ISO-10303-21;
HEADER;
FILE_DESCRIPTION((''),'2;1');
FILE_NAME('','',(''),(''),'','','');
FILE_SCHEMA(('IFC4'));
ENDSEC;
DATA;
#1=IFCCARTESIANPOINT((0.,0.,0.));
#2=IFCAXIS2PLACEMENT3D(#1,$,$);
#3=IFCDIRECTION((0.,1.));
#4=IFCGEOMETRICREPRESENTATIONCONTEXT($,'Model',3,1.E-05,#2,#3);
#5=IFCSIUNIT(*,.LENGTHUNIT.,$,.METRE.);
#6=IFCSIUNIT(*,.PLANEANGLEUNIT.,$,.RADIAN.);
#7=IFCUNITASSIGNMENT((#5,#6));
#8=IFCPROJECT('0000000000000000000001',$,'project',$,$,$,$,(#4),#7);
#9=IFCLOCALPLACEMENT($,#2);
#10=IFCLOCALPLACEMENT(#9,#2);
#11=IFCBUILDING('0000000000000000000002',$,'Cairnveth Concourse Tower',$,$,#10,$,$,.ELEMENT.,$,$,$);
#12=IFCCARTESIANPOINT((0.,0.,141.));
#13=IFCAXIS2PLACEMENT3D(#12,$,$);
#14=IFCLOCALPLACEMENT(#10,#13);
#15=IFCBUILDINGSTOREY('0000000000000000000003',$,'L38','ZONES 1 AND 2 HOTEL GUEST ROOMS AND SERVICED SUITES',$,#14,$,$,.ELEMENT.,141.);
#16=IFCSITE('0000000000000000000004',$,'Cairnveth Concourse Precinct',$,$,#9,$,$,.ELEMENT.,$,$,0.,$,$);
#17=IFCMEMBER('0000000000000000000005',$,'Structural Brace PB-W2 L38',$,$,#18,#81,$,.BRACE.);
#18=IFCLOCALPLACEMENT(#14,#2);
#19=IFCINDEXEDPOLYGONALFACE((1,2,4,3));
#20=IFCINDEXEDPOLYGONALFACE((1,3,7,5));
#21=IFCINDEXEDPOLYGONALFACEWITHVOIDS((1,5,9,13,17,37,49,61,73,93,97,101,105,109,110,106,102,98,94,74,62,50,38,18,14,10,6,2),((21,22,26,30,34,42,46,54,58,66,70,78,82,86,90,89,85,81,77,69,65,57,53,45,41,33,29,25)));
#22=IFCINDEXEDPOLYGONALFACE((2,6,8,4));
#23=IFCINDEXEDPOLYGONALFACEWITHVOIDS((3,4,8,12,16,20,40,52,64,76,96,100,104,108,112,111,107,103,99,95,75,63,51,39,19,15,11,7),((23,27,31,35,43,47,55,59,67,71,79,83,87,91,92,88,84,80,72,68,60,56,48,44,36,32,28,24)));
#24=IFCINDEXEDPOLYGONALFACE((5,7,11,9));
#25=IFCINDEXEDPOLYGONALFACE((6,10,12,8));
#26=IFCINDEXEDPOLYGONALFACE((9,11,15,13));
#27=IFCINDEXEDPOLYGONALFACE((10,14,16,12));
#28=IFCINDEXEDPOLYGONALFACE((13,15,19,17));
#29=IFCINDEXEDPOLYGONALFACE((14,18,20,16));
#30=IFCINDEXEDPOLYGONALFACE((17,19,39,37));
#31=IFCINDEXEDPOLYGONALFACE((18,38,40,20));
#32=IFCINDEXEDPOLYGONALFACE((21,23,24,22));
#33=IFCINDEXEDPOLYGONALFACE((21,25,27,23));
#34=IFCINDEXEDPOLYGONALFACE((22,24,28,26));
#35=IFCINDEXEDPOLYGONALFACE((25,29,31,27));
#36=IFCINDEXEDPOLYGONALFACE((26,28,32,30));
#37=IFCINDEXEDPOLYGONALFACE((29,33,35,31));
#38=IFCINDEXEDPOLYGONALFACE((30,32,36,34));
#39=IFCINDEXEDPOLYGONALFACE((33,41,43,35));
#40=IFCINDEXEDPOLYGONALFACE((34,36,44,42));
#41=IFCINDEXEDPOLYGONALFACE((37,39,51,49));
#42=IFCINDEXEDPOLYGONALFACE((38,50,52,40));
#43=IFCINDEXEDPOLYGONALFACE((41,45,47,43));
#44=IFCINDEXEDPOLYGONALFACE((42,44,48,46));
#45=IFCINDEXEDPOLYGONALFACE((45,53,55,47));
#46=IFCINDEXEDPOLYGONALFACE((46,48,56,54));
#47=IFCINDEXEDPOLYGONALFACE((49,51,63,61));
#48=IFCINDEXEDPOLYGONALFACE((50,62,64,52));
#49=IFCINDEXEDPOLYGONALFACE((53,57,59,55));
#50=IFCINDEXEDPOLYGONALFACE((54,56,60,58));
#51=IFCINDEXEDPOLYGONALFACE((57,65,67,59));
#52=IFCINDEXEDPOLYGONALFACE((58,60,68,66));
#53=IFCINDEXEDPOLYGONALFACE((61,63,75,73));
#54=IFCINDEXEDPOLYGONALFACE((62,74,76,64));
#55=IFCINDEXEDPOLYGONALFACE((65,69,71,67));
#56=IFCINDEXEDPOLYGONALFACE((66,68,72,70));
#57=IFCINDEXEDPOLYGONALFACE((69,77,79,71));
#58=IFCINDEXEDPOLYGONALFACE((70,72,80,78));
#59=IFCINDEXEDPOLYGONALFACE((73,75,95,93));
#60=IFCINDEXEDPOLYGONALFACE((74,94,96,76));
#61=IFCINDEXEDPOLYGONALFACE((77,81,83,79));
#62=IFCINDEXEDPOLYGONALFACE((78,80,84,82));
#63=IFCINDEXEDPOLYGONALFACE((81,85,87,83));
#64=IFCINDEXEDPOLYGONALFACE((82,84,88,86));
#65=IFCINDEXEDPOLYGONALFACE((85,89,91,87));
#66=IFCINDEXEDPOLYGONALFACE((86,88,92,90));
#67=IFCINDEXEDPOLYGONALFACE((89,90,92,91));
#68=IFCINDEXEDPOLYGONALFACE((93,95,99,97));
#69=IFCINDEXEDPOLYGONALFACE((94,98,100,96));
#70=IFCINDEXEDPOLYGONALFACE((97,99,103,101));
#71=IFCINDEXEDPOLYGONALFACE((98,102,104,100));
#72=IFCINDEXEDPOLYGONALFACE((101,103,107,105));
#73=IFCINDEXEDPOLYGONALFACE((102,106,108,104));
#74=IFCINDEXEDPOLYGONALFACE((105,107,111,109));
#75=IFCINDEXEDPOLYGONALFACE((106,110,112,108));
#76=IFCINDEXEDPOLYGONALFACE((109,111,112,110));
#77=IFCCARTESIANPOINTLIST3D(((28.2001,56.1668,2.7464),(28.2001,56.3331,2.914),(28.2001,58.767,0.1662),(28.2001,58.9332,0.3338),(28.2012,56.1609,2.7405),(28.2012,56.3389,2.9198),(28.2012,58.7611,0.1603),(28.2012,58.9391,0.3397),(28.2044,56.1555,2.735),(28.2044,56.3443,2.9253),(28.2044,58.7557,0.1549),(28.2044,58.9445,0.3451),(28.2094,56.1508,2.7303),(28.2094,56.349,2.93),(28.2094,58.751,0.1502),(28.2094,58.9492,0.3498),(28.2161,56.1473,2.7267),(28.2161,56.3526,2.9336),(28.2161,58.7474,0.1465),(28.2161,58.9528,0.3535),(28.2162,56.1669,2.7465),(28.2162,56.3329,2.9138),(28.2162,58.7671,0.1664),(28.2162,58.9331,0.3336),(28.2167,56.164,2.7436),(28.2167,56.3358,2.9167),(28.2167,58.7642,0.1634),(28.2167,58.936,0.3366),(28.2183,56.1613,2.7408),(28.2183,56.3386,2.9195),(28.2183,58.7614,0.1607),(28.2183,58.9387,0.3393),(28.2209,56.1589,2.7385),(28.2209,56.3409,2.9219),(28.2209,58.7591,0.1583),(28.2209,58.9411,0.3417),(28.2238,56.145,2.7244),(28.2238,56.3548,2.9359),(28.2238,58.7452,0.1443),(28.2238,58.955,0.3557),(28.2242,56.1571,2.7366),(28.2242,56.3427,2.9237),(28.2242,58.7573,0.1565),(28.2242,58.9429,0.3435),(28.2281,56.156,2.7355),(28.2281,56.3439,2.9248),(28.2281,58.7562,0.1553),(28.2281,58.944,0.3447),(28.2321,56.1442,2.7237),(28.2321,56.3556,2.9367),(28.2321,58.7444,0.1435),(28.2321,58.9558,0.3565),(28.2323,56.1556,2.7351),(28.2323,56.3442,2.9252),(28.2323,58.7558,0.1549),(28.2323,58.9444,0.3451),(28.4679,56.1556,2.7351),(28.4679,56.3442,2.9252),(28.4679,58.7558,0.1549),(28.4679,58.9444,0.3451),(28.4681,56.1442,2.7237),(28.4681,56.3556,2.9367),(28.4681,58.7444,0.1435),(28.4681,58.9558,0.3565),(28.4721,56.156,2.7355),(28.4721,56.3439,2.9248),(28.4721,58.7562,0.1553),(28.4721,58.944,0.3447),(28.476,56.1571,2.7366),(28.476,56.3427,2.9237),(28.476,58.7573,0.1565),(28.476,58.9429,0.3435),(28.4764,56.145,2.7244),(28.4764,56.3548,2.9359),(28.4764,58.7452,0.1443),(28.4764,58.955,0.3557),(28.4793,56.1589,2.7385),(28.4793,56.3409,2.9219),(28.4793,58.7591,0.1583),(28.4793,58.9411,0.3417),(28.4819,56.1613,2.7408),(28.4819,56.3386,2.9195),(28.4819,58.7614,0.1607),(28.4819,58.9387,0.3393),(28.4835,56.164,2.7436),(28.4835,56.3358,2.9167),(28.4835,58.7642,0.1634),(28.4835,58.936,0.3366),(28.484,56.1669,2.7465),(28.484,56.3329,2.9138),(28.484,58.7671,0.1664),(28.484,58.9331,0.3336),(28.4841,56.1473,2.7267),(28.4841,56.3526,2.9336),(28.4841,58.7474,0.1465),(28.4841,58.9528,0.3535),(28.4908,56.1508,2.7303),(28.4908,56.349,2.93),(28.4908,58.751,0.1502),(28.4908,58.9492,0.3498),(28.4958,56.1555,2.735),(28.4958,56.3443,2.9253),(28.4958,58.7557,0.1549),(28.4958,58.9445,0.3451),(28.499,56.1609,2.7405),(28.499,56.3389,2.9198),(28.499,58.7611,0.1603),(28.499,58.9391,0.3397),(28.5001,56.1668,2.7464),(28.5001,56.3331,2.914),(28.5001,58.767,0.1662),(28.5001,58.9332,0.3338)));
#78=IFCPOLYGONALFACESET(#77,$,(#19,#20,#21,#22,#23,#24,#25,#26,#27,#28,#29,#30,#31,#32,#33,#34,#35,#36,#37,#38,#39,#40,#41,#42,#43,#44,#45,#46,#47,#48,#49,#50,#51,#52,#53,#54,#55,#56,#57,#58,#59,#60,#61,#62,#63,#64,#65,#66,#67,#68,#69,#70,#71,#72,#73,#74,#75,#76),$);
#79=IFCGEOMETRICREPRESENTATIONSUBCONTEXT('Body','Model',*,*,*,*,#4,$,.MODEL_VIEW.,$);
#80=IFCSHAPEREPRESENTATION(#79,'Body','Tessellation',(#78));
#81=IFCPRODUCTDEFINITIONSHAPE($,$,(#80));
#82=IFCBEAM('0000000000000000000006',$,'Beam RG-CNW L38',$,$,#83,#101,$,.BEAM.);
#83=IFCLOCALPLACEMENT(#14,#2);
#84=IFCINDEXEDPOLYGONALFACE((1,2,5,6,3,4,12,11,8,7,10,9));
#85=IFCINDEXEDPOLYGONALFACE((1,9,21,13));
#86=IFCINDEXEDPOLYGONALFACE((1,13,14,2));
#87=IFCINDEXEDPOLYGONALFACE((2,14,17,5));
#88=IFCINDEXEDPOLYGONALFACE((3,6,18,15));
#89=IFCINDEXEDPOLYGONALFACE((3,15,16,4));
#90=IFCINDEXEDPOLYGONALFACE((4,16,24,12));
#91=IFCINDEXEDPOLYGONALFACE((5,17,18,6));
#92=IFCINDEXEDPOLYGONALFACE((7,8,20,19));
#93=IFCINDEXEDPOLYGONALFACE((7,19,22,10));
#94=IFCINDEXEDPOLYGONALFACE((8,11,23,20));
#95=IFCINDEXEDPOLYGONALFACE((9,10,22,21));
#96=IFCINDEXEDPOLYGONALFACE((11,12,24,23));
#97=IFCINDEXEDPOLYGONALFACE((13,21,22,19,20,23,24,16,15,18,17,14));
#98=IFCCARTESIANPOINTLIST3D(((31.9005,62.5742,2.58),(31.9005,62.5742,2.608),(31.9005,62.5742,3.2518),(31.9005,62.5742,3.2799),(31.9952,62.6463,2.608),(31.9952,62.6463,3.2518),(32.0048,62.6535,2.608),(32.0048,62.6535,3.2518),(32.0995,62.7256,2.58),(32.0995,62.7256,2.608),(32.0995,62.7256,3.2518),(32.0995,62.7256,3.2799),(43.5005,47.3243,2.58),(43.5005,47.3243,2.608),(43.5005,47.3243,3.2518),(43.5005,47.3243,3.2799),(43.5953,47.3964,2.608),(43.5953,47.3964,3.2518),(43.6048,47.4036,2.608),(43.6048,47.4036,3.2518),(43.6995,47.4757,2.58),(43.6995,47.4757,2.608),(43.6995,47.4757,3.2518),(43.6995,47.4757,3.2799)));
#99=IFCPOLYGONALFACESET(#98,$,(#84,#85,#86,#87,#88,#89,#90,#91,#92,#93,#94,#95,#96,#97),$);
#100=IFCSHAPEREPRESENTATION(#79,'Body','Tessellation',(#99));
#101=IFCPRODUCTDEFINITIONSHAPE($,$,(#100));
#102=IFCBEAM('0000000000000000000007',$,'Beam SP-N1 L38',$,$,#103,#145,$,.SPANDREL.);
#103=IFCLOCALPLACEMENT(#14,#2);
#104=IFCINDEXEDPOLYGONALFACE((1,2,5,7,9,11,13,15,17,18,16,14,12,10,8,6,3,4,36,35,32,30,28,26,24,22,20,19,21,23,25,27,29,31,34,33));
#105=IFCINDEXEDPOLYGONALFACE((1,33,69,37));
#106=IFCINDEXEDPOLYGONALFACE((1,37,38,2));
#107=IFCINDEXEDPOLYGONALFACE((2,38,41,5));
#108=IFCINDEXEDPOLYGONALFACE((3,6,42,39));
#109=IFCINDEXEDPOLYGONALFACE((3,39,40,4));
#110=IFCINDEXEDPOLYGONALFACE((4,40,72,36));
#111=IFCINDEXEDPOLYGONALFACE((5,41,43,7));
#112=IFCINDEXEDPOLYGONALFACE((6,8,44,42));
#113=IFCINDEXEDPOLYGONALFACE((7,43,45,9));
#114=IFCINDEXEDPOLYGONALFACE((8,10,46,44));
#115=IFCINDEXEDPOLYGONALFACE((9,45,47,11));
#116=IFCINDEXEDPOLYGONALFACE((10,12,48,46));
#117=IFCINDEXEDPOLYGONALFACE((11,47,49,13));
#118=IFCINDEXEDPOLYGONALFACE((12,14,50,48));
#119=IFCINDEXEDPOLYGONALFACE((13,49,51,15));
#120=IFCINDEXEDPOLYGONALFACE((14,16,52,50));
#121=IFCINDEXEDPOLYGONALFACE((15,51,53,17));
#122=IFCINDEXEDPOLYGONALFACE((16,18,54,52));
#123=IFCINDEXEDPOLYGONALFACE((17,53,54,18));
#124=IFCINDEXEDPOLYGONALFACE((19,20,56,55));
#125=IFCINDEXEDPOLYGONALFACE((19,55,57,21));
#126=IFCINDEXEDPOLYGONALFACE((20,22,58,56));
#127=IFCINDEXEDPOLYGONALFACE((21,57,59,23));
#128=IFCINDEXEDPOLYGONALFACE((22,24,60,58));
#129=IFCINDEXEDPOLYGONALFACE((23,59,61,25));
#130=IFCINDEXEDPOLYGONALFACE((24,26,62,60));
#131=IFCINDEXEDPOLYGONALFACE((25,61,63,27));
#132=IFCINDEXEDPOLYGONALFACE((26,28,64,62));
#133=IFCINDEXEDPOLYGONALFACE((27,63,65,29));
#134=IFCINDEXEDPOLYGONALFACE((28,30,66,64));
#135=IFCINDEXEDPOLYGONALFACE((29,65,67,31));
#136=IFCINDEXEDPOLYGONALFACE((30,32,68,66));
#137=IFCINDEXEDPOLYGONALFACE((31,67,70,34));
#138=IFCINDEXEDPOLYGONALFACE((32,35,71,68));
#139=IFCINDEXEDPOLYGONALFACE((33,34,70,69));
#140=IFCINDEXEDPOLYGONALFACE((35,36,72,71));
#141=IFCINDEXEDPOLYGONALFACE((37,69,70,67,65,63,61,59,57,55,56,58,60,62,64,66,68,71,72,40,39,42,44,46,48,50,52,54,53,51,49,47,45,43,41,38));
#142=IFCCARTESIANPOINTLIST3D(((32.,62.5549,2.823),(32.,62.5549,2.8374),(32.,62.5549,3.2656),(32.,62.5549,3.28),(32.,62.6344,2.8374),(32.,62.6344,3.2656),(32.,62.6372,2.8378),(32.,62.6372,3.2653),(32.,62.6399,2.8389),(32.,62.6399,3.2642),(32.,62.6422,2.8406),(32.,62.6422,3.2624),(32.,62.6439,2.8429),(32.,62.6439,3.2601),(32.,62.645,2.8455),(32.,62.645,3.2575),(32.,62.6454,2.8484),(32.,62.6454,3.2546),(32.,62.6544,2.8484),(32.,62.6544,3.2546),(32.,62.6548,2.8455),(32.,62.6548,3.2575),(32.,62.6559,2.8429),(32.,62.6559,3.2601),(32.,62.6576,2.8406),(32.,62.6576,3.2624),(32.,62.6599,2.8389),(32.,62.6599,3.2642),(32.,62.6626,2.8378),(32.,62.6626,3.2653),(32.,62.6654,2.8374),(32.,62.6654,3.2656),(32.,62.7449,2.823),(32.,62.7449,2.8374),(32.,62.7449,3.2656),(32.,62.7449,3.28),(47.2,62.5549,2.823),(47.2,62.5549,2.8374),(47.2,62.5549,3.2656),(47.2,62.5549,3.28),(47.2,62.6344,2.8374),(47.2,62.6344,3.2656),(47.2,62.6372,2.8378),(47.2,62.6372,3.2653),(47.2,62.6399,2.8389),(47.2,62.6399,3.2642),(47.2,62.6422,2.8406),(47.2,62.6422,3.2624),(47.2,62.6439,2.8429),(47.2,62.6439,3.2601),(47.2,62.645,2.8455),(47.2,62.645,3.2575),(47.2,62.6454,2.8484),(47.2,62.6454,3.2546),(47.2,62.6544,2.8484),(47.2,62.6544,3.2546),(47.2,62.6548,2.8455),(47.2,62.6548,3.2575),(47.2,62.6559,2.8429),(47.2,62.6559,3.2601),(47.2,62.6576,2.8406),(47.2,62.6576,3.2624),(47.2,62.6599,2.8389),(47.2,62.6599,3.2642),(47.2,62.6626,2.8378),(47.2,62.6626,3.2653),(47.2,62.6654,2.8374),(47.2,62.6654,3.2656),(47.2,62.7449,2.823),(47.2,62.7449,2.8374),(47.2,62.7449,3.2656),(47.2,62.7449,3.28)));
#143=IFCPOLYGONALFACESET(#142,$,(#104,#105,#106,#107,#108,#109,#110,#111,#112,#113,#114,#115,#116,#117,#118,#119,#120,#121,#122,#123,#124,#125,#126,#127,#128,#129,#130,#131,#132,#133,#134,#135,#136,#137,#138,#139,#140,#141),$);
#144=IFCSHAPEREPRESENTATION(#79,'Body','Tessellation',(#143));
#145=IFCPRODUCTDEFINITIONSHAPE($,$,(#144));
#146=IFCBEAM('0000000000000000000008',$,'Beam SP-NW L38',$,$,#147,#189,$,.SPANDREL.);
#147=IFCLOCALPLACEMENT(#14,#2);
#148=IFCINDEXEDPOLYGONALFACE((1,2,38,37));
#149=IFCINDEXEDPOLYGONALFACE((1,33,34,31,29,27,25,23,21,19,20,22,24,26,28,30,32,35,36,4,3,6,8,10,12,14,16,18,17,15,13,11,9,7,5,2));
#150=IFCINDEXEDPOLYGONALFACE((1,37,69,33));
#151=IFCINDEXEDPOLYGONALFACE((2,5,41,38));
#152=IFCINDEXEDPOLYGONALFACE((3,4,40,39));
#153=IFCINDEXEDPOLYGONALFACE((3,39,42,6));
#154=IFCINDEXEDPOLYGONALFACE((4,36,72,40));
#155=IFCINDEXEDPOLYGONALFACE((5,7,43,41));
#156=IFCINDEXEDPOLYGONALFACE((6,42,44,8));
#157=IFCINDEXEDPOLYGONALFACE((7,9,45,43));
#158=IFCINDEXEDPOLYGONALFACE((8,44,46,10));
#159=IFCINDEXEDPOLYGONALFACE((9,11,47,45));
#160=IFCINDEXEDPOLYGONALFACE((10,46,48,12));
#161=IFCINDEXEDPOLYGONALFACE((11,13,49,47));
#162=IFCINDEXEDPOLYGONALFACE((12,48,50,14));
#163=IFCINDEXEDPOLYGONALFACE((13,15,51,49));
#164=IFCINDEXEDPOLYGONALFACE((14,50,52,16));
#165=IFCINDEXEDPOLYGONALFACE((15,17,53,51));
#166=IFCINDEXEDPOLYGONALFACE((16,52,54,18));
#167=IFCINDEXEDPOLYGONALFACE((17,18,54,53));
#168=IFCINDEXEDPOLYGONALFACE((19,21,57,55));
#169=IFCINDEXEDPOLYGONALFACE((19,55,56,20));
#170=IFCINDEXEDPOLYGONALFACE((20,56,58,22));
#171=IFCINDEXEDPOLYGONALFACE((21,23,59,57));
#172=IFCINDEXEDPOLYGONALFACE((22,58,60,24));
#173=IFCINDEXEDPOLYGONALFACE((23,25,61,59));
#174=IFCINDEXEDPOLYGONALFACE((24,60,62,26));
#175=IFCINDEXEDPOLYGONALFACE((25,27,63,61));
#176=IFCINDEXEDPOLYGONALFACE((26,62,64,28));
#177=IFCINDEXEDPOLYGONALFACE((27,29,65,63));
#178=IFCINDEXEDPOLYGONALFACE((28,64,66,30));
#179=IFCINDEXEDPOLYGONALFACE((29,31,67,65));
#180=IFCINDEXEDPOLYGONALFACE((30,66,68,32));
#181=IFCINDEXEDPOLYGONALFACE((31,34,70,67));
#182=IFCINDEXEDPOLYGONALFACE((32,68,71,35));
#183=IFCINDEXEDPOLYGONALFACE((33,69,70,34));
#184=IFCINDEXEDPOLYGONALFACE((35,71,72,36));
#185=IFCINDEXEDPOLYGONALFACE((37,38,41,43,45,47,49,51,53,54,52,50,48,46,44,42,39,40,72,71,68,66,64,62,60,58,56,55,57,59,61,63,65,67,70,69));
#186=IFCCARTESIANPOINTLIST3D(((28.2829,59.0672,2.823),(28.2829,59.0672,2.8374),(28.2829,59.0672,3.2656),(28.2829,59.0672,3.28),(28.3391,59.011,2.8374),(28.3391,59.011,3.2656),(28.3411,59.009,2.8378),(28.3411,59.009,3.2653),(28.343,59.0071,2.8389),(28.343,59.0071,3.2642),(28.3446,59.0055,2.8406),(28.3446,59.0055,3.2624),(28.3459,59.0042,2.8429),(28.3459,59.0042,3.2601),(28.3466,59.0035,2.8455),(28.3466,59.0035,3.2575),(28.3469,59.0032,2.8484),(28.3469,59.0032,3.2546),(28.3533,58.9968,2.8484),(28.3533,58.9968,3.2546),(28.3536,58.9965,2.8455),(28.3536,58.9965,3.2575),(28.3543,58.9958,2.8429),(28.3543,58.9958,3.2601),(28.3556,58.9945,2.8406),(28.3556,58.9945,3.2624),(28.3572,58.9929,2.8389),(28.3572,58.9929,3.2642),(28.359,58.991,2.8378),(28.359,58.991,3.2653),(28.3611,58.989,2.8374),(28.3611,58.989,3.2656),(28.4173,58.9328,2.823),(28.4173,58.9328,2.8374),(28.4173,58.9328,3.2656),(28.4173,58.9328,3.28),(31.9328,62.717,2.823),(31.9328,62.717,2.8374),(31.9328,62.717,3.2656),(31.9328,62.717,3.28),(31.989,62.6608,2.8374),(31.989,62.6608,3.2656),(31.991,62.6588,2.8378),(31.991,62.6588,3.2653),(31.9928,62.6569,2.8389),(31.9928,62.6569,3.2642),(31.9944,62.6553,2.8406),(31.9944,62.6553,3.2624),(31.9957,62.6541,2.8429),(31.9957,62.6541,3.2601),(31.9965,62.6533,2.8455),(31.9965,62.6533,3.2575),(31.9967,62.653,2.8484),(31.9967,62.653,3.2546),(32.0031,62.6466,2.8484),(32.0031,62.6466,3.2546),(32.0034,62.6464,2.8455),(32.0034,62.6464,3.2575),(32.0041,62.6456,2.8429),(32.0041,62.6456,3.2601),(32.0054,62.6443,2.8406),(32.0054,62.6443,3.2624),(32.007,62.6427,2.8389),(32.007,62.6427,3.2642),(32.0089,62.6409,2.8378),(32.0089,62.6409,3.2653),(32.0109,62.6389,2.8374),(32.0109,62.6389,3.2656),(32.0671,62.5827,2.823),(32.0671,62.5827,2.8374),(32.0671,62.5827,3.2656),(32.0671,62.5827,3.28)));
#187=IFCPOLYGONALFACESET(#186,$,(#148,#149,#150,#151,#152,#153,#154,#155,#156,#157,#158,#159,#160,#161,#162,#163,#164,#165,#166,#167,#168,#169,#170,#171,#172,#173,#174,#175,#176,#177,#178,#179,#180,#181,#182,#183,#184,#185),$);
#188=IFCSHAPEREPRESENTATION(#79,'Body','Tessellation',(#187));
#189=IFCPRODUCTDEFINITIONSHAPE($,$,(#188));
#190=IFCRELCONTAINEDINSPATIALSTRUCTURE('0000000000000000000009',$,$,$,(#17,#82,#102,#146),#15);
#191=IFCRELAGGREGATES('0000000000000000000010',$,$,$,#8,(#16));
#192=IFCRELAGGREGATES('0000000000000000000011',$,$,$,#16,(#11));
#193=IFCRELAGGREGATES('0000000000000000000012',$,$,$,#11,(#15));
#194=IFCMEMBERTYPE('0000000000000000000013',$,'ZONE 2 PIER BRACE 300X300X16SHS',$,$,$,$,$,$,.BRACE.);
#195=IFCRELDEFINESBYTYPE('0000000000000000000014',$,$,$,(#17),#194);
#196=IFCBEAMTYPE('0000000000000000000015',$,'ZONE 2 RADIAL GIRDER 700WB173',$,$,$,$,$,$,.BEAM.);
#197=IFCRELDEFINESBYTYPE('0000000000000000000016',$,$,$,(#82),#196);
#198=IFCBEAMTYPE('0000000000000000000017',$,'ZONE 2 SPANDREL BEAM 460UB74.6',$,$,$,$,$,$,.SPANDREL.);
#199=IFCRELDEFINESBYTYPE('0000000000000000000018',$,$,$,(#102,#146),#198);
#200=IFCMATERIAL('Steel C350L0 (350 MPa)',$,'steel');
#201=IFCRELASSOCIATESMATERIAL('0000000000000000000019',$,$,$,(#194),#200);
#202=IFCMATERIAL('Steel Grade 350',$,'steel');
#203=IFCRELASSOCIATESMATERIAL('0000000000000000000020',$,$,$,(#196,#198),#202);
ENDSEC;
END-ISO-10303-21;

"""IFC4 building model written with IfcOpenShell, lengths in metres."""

from ifc_helpers import new_model, si_unit, direction, frame, origin, origin_2d, place, context, subcontext, project, spatial, hollow_rectangle, i_section, extrude, material, material_profile, profile_set, type_object, element, save


model = new_model("IFC4")

# Units and contexts
model_context = context("Model", 3, precision=1e-05, world=origin(), true_north=direction((0.0, 1.0)))
body_context = subcontext(model_context, "Body", "Model", "MODEL_VIEW")
ifc_project = project(units=[si_unit("LENGTHUNIT", "METRE"), si_unit("PLANEANGLEUNIT", "RADIAN")], contexts=[model_context])

# Site, building, storey
site_placement = place(None, origin())
site = spatial("IfcSite", under=ifc_project, at=site_placement, Name="Cairnveth Concourse Precinct", CompositionType="ELEMENT", RefElevation=0.0)
building_placement = place(site_placement, origin())
building = spatial("IfcBuilding", under=site, at=building_placement, Name="Cairnveth Concourse Tower", CompositionType="ELEMENT")
storey_placement = place(building_placement, frame((0.0, 0.0, 141.0)))
storey = spatial("IfcBuildingStorey", under=building, at=storey_placement, Name="L38", Description="ZONES 1 AND 2 HOTEL GUEST ROOMS AND SERVICED SUITES", CompositionType="ELEMENT", Elevation=141.0)

# Shared definitions
ifc_material_1 = material(Name="Steel Grade 350", Category="steel")

# Member
ifc_material_2 = material(Name="Steel C350L0 (350 MPa)", Category="steel")
ifc_material_profile_1 = material_profile(ifc_material_2, hollow_rectangle(XDim=0.3, YDim=0.3, WallThickness=0.0161, InnerFilletRadius=0.0161, OuterFilletRadius=0.032, at=origin_2d()), Name="300x300x16.0SHS")
ifc_profile_set_1 = profile_set([ifc_material_profile_1], Name="Steel C350L0 (350 MPa)")
member_type = type_object("IfcMemberType", Name="ZONE 2 PIER BRACE 300X300X16SHS", PredefinedType="BRACE", material=ifc_profile_set_1)
for number, where, z_axis, x_axis, name in (
    (1, (28.3501, 58.8501, 0.25), (0.0, -0.709834, 0.704369), (1.0, 0.0, 0.0), "Structural Brace PB-W2 L38"),
):
    element("IfcMember", number, at=place(storey_placement, frame(where, z_axis=z_axis, x_axis=x_axis)), inside=storey, type_object=member_type, Name=name, PredefinedType="BRACE", context=body_context, shape_type="SweptSolid", body=[
        extrude(hollow_rectangle(XDim=0.3, YDim=0.3, WallThickness=0.0161, InnerFilletRadius=0.0161, OuterFilletRadius=0.032, at=origin_2d()), origin(), (0.0, 0.0, 1.0), 3.6631),
    ])

# Beams
ifc_material_profile_2 = material_profile(ifc_material_1, i_section(OverallWidth=0.25, OverallDepth=0.7, WebThickness=0.012, FlangeThickness=0.0281, at=origin_2d()), Name="700WB173")
ifc_profile_set_2 = profile_set([ifc_material_profile_2], Name="Steel Grade 350")
beam_type_1 = type_object("IfcBeamType", Name="ZONE 2 RADIAL GIRDER 700WB173", PredefinedType="BEAM", material=ifc_profile_set_2)
beam_1_placement = place(storey_placement, frame((32.0, 62.6499, 2.9299), z_axis=(0.605417, -0.795908, 0.0), x_axis=(0.795908, 0.605417, 0.0)))
element("IfcBeam", 2, at=beam_1_placement, inside=storey, type_object=beam_type_1, Name="Beam RG-CNW L38", PredefinedType="BEAM", context=body_context, shape_type="SweptSolid", body=[
    extrude(i_section(OverallWidth=0.25, OverallDepth=0.7, WebThickness=0.012, FlangeThickness=0.0281, at=origin_2d()), origin(), (0.0, 0.0, 1.0), 19.1604),
])
ifc_material_profile_3 = material_profile(ifc_material_1, i_section(OverallWidth=0.1899, OverallDepth=0.457, WebThickness=0.009, FlangeThickness=0.0144, FilletRadius=0.011, at=origin_2d()), Name="460UB74.6")
ifc_profile_set_3 = profile_set([ifc_material_profile_3], Name="Steel Grade 350")
beam_type_2 = type_object("IfcBeamType", Name="ZONE 2 SPANDREL BEAM 460UB74.6", PredefinedType="SPANDREL", material=ifc_profile_set_3)
beam_2_placement = place(storey_placement, frame((32.0, 62.6499, 3.0515), z_axis=(1.0, 0.0, 0.0), x_axis=(0.0, 1.0, 0.0)))
element("IfcBeam", 3, at=beam_2_placement, inside=storey, type_object=beam_type_2, Name="Beam SP-N1 L38", PredefinedType="SPANDREL", context=body_context, shape_type="SweptSolid", body=[
    extrude(i_section(OverallWidth=0.1899, OverallDepth=0.457, WebThickness=0.009, FlangeThickness=0.0144, FilletRadius=0.011, at=origin_2d()), origin(), (0.0, 0.0, 1.0), 15.2),
])
beam_3_placement = place(storey_placement, frame((28.3501, 59.0, 3.0515), z_axis=(0.707107, 0.707107, 0.0), x_axis=(-0.707107, 0.707107, 0.0)))
element("IfcBeam", 4, at=beam_3_placement, inside=storey, type_object=beam_type_2, Name="Beam SP-NW L38", PredefinedType="SPANDREL", context=body_context, shape_type="SweptSolid", body=[
    extrude(i_section(OverallWidth=0.1899, OverallDepth=0.457, WebThickness=0.009, FlangeThickness=0.0144, FilletRadius=0.011, at=origin_2d()), origin(), (0.0, 0.0, 1.0), 5.1616),
])

save(model, "model.ifc")
